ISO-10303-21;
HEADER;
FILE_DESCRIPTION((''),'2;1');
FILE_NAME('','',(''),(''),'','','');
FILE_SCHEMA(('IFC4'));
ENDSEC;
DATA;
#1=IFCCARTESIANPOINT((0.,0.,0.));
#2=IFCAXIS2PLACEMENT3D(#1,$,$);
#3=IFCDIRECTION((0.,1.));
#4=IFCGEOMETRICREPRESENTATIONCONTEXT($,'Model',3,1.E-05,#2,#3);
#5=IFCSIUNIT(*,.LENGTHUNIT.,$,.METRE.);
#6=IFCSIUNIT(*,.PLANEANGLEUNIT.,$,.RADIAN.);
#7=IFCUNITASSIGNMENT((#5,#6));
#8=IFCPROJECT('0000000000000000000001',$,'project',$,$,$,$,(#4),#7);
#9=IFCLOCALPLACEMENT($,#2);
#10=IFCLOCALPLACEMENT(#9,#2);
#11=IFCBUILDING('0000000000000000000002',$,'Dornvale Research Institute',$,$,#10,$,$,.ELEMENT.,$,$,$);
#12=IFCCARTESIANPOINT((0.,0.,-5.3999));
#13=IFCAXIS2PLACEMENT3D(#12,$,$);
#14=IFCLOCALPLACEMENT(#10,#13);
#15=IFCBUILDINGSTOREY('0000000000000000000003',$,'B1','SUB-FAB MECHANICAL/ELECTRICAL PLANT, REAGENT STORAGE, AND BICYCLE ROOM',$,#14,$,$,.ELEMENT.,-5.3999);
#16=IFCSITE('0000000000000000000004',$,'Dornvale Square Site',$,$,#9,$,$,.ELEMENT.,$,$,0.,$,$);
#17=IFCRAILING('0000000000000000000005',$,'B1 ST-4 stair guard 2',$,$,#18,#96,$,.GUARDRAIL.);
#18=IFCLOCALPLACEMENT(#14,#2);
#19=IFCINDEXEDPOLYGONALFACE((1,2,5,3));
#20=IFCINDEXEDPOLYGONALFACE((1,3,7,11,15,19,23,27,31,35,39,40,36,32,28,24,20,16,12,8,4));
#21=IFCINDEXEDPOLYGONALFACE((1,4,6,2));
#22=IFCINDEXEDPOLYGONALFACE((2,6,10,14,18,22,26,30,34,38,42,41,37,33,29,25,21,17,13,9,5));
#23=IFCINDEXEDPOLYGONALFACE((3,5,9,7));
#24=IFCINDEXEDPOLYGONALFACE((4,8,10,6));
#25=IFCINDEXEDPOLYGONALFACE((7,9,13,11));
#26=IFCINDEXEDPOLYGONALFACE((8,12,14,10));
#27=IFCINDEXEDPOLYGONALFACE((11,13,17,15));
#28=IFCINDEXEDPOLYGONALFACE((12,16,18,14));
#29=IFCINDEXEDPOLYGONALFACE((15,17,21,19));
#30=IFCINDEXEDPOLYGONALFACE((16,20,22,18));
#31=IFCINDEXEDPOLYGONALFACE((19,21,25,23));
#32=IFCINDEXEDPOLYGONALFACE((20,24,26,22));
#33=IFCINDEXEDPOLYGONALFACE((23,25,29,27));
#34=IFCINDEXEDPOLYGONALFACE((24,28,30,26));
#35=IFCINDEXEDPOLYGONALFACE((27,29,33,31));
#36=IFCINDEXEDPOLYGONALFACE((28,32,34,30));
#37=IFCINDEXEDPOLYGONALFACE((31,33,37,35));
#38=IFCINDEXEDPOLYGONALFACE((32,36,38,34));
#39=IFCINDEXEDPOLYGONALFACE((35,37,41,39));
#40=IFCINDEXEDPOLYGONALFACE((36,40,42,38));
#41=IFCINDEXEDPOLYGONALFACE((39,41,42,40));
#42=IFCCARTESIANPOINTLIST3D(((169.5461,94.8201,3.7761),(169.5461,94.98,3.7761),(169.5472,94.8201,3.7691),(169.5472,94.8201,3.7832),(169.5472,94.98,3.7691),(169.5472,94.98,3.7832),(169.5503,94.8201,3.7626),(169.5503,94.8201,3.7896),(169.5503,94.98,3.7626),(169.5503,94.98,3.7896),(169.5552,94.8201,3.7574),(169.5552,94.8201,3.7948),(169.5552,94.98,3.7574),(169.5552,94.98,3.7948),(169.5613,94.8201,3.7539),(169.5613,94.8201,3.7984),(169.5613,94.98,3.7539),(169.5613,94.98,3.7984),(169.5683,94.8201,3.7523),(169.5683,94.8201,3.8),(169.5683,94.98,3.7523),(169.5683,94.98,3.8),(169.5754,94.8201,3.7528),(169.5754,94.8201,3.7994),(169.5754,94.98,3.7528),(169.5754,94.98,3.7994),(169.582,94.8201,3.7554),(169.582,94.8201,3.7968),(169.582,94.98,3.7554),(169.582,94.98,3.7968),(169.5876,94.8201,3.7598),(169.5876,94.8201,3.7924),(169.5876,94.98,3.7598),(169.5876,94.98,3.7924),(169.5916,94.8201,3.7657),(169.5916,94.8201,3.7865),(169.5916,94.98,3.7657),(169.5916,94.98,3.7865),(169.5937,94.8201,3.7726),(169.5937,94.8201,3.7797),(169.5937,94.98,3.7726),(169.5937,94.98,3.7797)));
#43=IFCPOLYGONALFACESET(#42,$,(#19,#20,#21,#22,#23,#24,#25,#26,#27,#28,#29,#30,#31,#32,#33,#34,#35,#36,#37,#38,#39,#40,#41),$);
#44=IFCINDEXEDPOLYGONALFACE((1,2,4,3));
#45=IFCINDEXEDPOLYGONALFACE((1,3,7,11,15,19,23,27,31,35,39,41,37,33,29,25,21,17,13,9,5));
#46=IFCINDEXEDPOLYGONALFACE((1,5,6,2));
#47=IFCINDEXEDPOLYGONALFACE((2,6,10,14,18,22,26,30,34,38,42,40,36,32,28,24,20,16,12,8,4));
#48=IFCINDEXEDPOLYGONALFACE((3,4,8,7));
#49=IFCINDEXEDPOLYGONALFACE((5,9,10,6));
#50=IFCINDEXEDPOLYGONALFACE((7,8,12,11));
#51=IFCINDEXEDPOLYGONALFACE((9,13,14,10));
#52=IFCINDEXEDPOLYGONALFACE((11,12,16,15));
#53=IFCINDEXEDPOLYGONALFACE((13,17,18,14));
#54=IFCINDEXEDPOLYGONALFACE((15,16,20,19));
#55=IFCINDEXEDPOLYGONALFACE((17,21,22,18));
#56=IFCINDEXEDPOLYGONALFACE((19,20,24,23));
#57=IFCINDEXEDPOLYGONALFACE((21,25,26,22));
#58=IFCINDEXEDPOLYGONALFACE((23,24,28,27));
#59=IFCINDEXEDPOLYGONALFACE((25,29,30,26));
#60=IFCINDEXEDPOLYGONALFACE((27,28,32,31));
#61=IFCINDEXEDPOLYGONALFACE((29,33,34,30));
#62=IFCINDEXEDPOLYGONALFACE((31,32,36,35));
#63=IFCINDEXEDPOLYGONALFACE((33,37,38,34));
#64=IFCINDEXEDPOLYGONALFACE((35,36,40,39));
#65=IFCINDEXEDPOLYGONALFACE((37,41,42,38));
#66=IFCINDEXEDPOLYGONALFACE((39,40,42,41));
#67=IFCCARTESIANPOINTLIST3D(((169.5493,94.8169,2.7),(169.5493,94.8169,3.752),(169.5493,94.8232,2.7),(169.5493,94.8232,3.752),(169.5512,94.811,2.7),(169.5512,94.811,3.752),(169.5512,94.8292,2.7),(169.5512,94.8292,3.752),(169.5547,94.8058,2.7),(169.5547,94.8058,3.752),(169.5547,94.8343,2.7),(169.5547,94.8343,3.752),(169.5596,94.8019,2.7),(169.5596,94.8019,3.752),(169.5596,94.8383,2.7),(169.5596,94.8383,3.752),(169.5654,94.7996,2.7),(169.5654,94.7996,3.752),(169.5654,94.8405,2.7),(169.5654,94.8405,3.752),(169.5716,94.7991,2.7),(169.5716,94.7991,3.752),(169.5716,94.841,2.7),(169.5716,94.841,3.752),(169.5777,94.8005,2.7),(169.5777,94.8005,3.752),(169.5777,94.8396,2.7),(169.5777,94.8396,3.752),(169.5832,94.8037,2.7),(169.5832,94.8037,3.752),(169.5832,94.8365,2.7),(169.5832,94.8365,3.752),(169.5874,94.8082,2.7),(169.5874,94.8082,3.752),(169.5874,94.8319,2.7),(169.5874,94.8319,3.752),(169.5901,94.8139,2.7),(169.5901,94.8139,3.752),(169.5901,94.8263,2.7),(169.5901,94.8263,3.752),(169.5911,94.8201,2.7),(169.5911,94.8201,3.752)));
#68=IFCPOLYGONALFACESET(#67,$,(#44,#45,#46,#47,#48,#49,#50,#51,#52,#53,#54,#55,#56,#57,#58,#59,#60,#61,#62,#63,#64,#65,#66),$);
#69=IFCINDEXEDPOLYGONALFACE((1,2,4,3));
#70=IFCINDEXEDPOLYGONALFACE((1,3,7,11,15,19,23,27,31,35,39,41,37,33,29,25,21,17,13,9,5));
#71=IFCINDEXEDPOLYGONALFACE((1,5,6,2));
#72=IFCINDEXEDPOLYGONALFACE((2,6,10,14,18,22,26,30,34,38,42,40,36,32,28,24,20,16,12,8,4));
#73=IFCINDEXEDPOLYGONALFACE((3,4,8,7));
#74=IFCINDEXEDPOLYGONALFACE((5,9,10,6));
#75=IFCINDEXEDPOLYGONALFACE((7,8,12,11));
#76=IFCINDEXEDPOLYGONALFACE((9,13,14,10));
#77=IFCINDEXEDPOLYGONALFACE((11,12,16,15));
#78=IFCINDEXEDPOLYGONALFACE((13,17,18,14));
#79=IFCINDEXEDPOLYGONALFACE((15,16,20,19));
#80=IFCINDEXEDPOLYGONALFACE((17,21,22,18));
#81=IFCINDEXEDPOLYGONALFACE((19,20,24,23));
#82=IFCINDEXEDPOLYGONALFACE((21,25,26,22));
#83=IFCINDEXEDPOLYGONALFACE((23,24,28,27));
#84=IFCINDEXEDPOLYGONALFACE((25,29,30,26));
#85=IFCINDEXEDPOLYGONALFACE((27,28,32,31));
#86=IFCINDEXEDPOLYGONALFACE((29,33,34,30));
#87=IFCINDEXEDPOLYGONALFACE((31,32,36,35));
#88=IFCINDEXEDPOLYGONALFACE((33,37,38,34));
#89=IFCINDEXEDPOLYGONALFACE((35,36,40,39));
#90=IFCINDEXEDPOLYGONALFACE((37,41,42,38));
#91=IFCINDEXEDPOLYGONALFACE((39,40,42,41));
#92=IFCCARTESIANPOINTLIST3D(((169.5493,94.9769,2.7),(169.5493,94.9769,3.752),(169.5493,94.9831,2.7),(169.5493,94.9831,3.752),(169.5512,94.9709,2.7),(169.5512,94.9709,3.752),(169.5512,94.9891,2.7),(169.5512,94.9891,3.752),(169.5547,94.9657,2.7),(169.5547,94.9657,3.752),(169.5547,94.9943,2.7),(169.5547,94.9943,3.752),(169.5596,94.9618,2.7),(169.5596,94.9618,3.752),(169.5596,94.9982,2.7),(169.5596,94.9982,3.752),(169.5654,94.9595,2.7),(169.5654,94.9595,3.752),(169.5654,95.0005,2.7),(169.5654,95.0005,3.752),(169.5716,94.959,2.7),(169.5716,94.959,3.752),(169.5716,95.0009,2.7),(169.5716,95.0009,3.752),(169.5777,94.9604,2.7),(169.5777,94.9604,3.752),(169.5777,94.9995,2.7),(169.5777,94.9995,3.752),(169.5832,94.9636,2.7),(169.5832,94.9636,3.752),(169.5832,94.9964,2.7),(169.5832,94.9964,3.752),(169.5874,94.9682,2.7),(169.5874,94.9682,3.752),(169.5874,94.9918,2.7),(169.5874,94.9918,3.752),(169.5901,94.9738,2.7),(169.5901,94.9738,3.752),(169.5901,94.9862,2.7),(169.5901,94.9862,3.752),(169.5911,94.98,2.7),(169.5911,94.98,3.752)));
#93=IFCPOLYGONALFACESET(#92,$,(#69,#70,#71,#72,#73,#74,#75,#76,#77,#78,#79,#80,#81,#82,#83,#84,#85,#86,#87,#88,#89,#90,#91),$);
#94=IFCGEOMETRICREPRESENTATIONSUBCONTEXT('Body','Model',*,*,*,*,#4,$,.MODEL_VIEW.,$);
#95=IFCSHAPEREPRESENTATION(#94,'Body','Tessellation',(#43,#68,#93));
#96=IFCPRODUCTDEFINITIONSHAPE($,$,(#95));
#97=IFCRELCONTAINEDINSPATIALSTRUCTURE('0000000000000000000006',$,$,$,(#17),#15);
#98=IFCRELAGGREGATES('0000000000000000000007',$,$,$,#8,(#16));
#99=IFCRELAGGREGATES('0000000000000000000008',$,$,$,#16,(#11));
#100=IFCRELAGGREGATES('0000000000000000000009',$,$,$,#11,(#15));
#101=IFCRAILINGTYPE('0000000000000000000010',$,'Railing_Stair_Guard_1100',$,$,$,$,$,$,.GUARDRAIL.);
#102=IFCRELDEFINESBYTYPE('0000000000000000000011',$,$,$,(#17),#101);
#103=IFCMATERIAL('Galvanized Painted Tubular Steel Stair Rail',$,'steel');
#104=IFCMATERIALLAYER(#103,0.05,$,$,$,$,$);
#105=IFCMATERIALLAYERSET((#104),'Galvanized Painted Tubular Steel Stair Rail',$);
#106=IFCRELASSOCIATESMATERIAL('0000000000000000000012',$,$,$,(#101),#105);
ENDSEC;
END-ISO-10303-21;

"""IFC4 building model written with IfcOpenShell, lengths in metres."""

from ifc_helpers import new_model, si_unit, direction, frame, origin, origin_2d, place, context, subcontext, project, spatial, circle, extrude, material, layer, layer_set, type_object, element, save


model = new_model("IFC4")

# Units and contexts
model_context = context("Model", 3, precision=1e-05, world=origin(), true_north=direction((0.0, 1.0)))
body_context = subcontext(model_context, "Body", "Model", "MODEL_VIEW")
ifc_project = project(units=[si_unit("LENGTHUNIT", "METRE"), si_unit("PLANEANGLEUNIT", "RADIAN")], contexts=[model_context])

# Site, building, storey
site_placement = place(None, origin())
site = spatial("IfcSite", under=ifc_project, at=site_placement, Name="Dornvale Square Site", CompositionType="ELEMENT", RefElevation=0.0)
building_placement = place(site_placement, origin())
building = spatial("IfcBuilding", under=site, at=building_placement, Name="Dornvale Research Institute", CompositionType="ELEMENT")
storey_placement = place(building_placement, frame((0.0, 0.0, -5.3999)))
storey = spatial("IfcBuildingStorey", under=building, at=storey_placement, Name="B1", Description="SUB-FAB MECHANICAL/ELECTRICAL PLANT, REAGENT STORAGE, AND BICYCLE ROOM", CompositionType="ELEMENT", Elevation=-5.3999)

# Railing
ifc_material_1 = material(Name="Galvanized Painted Tubular Steel Stair Rail", Category="steel")
ifc_layer_1 = layer(ifc_material_1, 0.05)
ifc_layer_set_1 = layer_set([ifc_layer_1], Name="Galvanized Painted Tubular Steel Stair Rail")
railing_type_1 = type_object("IfcRailingType", Name="Railing_Stair_Guard_1100", PredefinedType="GUARDRAIL", material=ifc_layer_set_1)
railing_1_placement = place(storey_placement, frame((169.5701, 94.8201, 2.7)))
element("IfcRailing", 1, at=railing_1_placement, inside=storey, type_object=railing_type_1, Name="B1 ST-4 stair guard 2", PredefinedType="GUARDRAIL", context=body_context, shape_type="SweptSolid", body=[
    extrude(circle(Radius=0.0239, at=origin_2d()), frame((0.0, 0.0, 1.0762), z_axis=(0.0, 1.0, 0.0), x_axis=(-1.0, 0.0, 0.0)), (0.0, 0.0, 1.0), 0.1599),
    extrude(circle(Radius=0.021, at=origin_2d()), origin(), (0.0, 0.0, 1.0), 1.052),
    extrude(circle(Radius=0.021, at=origin_2d()), frame((0.0, 0.1599, 0.0)), (0.0, 0.0, 1.0), 1.052),
])

save(model, "model.ifc")
